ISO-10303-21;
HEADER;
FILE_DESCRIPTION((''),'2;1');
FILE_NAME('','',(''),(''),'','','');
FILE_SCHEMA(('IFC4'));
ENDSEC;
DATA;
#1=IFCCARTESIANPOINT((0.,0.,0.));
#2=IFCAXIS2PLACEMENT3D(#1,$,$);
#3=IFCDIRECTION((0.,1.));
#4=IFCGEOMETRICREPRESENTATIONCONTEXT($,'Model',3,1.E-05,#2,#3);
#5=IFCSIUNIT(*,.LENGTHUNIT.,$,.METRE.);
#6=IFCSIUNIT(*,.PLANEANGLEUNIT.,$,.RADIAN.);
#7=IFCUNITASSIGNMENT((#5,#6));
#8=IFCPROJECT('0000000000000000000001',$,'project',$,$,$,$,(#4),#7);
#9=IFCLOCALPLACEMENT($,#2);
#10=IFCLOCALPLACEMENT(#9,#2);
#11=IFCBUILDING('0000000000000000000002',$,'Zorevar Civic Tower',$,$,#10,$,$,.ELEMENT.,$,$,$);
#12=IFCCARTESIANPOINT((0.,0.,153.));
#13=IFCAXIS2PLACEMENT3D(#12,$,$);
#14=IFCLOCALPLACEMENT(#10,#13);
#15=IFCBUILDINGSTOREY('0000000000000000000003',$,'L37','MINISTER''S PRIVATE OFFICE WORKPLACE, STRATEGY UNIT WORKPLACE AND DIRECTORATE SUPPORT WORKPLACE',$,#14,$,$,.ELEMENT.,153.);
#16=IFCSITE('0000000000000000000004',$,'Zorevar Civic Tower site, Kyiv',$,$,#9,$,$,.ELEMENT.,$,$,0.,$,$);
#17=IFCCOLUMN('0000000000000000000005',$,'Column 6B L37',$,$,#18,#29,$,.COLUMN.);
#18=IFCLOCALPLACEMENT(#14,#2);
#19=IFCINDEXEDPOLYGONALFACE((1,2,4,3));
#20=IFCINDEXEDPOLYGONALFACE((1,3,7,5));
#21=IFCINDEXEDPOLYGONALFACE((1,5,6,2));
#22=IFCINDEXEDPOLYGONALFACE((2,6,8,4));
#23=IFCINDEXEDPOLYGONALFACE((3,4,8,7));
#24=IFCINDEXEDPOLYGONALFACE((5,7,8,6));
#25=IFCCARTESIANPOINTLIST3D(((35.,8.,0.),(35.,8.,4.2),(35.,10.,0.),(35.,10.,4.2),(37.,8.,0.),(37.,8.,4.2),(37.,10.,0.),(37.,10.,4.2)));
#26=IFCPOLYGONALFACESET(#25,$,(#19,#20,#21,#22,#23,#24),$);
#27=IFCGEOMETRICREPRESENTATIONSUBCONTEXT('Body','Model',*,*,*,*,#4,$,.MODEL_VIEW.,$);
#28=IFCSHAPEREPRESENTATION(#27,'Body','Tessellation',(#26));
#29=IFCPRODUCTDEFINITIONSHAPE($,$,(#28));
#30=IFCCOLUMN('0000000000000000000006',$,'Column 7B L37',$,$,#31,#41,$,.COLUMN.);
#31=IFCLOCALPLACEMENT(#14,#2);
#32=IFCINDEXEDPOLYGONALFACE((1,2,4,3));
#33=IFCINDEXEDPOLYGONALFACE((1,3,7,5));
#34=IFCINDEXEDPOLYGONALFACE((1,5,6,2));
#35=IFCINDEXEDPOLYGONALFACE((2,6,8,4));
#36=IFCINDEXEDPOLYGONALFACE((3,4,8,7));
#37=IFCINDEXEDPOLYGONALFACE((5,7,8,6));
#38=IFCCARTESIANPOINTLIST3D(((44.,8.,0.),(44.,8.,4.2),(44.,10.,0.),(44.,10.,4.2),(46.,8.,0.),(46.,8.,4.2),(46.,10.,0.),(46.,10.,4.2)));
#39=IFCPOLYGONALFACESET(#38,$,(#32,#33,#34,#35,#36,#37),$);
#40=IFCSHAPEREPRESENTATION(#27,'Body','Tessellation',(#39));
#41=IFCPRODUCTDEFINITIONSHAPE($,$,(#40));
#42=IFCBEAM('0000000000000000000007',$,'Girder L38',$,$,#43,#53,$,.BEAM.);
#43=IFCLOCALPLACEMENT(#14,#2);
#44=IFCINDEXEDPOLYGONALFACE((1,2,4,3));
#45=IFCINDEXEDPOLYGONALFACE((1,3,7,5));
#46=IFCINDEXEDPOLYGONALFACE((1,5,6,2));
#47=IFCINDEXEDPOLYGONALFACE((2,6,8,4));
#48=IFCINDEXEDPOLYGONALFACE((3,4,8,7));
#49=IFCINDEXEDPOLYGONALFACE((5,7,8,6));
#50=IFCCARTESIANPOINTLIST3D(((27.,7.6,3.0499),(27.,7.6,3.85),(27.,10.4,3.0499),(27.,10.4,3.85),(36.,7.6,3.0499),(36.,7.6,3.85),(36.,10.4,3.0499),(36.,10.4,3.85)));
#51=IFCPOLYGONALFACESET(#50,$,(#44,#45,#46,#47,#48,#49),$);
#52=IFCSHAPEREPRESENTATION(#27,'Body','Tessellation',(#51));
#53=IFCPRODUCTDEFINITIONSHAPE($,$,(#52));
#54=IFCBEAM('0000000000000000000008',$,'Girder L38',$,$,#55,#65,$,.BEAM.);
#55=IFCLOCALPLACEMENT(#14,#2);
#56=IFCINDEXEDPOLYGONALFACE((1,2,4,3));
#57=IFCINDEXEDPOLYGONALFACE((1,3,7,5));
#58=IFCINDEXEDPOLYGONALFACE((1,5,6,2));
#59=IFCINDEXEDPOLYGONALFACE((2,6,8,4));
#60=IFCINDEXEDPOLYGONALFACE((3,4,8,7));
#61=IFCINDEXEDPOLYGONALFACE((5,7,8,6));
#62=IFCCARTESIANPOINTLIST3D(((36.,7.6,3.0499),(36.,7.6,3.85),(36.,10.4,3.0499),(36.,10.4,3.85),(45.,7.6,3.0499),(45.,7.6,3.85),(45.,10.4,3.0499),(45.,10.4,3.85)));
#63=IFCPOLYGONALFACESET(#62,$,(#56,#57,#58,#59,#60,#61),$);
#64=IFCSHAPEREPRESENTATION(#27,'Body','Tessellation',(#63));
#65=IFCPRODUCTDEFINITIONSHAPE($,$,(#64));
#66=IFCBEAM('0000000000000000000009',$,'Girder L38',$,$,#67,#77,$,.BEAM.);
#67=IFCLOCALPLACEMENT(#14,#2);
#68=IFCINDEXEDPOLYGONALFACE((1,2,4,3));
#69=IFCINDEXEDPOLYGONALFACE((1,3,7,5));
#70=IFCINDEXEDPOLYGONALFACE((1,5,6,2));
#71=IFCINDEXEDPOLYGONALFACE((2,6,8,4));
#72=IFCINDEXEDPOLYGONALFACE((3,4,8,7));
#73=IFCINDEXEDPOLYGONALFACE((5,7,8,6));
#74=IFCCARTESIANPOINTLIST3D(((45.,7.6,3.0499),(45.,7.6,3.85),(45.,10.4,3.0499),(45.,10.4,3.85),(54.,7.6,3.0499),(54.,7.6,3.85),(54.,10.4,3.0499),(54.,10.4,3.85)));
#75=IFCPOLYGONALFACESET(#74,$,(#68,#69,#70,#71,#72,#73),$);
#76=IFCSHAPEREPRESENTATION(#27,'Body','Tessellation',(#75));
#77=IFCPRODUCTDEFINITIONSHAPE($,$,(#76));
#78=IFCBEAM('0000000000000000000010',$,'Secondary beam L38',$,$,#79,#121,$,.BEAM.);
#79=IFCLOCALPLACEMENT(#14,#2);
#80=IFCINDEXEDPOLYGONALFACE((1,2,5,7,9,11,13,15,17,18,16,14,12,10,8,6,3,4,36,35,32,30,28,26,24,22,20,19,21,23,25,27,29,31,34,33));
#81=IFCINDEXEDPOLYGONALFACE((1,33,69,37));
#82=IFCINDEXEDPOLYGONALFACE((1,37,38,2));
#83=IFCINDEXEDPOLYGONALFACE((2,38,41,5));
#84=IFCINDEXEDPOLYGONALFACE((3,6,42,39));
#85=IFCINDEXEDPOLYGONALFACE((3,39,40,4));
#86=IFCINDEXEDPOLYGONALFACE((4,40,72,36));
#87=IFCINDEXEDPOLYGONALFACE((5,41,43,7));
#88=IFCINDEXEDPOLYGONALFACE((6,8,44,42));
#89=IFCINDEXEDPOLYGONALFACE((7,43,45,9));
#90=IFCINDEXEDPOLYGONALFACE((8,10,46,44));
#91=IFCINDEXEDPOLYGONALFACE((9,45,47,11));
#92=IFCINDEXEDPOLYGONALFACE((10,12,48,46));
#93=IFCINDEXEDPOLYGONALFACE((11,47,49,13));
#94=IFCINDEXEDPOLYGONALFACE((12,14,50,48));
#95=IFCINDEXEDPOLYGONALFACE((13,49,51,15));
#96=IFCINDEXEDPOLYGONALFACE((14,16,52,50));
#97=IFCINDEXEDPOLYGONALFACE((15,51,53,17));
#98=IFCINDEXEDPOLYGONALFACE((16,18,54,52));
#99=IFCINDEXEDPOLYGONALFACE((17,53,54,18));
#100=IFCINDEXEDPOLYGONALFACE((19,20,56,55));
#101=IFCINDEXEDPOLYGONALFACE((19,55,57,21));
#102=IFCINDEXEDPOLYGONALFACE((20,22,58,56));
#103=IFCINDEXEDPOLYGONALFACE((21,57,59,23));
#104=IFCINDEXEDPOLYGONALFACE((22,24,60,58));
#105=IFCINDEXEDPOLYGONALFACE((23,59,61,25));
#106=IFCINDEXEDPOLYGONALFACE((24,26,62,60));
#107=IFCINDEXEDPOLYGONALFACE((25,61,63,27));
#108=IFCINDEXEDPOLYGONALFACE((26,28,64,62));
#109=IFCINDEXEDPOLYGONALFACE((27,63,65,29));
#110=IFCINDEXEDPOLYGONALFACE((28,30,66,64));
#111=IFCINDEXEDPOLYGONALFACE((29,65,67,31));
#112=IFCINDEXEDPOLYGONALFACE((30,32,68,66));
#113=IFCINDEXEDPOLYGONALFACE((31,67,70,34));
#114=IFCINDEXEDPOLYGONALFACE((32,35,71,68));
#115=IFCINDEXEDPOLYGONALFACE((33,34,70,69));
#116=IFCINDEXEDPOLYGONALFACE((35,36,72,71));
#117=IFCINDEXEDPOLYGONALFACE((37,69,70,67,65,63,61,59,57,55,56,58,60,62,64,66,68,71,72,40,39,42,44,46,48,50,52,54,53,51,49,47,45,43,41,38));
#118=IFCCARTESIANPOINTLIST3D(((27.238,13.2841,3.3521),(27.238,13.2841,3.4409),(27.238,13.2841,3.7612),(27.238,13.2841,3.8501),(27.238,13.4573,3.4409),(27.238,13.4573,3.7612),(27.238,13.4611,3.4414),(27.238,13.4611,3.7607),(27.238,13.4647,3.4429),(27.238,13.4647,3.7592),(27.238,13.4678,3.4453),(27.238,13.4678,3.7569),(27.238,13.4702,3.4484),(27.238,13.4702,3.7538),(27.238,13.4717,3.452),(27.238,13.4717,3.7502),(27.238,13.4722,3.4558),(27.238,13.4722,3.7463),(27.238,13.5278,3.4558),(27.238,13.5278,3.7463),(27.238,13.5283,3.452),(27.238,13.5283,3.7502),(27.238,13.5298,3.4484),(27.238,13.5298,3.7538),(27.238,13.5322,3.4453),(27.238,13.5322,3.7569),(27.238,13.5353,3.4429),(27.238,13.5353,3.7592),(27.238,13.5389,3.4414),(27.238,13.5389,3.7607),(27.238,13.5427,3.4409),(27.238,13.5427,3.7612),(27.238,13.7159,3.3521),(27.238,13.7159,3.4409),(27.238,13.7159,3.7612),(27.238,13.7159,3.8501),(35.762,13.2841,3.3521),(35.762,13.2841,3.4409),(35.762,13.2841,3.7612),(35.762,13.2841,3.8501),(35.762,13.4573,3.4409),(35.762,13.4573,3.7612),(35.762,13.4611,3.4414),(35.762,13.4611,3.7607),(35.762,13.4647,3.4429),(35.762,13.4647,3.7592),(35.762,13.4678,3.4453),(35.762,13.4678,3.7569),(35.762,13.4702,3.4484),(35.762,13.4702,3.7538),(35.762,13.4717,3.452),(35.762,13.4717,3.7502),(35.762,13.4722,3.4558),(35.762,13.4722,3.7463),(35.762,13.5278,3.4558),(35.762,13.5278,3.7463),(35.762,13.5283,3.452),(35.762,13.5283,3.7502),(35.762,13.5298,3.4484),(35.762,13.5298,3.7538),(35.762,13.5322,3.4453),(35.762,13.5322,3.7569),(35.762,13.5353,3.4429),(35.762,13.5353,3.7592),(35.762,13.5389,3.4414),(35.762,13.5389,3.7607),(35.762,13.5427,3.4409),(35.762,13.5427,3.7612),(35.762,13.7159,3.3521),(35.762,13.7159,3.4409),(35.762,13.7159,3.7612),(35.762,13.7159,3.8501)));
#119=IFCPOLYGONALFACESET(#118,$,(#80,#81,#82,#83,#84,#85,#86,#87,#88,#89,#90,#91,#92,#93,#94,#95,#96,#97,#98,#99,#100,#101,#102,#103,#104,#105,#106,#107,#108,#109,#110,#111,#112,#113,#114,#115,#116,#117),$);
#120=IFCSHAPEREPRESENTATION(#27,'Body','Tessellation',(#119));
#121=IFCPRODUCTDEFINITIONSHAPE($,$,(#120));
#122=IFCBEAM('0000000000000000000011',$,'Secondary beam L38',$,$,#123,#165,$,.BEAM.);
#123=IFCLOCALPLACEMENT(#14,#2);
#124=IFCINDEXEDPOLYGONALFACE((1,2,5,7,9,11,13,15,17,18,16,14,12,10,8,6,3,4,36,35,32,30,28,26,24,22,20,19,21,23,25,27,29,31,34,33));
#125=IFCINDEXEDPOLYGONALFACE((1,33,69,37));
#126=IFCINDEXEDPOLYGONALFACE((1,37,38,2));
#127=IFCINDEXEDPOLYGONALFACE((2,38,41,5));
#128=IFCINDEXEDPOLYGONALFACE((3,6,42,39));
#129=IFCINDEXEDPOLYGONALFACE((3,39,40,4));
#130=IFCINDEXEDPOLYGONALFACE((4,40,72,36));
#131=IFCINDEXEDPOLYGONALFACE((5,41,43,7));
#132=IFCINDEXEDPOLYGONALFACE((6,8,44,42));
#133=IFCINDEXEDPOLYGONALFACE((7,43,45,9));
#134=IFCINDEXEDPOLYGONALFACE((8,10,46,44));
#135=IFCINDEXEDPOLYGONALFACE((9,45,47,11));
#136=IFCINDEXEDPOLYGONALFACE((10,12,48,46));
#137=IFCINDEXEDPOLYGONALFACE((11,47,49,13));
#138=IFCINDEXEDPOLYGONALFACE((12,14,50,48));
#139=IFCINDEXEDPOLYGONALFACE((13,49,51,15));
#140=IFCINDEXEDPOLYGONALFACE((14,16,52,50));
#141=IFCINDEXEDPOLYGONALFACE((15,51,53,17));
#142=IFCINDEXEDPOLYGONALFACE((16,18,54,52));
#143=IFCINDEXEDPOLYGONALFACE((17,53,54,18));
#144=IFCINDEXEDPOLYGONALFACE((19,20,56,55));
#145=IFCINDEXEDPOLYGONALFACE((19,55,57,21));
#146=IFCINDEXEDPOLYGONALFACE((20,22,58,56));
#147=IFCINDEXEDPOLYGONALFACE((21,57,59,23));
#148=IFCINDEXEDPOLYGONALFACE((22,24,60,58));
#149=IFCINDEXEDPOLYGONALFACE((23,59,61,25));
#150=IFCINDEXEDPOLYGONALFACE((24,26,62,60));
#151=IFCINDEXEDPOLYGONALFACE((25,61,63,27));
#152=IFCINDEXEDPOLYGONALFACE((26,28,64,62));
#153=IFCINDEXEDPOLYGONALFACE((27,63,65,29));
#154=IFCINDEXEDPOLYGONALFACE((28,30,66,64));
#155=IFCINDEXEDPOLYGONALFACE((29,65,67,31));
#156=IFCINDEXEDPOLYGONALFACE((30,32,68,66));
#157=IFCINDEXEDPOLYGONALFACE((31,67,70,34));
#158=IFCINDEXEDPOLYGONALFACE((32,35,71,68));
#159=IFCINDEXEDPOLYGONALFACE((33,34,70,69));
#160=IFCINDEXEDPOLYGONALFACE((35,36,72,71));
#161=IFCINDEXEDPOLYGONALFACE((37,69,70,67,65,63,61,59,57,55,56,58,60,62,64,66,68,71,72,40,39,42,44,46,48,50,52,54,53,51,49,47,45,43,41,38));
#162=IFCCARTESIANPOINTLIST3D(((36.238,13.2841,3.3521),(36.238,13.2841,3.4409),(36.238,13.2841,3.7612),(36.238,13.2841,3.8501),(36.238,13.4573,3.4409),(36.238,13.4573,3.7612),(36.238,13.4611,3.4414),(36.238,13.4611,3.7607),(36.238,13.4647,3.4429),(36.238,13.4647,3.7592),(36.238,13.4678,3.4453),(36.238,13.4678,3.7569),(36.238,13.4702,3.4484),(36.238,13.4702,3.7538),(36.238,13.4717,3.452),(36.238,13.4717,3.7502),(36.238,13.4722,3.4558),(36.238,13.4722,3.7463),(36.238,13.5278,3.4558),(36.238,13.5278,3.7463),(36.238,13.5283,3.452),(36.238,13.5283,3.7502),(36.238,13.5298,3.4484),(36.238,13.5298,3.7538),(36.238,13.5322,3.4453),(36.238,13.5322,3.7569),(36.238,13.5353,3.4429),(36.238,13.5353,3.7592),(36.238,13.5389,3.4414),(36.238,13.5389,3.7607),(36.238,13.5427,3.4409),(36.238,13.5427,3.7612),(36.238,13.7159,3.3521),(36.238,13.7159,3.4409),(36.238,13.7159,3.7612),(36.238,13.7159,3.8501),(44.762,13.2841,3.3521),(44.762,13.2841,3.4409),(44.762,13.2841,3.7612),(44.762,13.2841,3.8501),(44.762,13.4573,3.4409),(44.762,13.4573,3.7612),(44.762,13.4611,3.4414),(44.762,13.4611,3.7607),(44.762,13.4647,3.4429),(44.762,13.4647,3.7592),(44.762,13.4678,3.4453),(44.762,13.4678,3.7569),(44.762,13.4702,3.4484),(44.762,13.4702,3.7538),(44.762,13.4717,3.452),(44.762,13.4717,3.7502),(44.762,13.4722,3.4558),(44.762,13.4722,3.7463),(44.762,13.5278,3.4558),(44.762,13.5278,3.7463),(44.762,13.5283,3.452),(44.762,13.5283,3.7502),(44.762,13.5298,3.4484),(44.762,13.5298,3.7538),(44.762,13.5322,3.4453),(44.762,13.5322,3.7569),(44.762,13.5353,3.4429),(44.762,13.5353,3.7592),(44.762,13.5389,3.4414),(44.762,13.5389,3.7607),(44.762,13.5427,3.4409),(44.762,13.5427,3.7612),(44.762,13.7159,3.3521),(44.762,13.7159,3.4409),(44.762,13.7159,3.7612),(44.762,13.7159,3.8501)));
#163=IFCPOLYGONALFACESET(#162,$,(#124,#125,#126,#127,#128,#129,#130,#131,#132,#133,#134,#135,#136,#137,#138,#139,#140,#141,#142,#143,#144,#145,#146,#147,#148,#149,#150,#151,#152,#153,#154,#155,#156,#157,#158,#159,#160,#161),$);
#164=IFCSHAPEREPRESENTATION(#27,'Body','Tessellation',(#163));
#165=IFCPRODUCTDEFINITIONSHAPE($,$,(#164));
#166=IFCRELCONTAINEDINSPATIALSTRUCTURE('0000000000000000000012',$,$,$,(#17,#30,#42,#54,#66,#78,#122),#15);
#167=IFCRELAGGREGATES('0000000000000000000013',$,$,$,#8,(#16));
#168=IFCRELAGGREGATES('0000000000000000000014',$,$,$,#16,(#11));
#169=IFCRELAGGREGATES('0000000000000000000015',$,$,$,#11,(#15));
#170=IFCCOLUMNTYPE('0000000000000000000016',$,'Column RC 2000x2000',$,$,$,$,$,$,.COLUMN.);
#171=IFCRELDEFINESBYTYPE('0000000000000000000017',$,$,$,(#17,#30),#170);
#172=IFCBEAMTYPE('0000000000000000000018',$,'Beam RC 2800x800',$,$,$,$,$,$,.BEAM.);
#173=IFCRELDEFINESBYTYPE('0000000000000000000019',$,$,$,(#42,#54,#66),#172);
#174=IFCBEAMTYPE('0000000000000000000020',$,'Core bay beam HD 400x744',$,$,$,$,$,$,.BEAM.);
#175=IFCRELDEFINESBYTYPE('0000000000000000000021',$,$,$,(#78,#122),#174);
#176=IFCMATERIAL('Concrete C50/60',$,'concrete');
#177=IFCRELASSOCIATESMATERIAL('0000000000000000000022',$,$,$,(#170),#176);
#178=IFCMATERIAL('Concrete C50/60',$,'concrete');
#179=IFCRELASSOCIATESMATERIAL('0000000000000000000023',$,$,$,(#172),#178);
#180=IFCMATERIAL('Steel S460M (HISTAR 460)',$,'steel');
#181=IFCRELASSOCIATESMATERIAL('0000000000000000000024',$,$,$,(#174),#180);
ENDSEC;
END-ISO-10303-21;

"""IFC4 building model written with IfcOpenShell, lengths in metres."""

from ifc_helpers import new_model, si_unit, direction, frame, origin, origin_2d, place, context, subcontext, project, spatial, rectangle, i_section, extrude, material, material_profile, profile_set, type_object, element, save


model = new_model("IFC4")

# Units and contexts
model_context = context("Model", 3, precision=1e-05, world=origin(), true_north=direction((0.0, 1.0)))
body_context = subcontext(model_context, "Body", "Model", "MODEL_VIEW")
ifc_project = project(units=[si_unit("LENGTHUNIT", "METRE"), si_unit("PLANEANGLEUNIT", "RADIAN")], contexts=[model_context])

# Site, building, storey
site_placement = place(None, origin())
site = spatial("IfcSite", under=ifc_project, at=site_placement, Name="Zorevar Civic Tower site, Kyiv", CompositionType="ELEMENT", RefElevation=0.0)
building_placement = place(site_placement, origin())
building = spatial("IfcBuilding", under=site, at=building_placement, Name="Zorevar Civic Tower", CompositionType="ELEMENT")
storey_placement = place(building_placement, frame((0.0, 0.0, 153.0)))
storey = spatial("IfcBuildingStorey", under=building, at=storey_placement, Name="L37", Description="MINISTER'S PRIVATE OFFICE WORKPLACE, STRATEGY UNIT WORKPLACE AND DIRECTORATE SUPPORT WORKPLACE", CompositionType="ELEMENT", Elevation=153.0)

# Columns
ifc_material_1 = material(Name="Concrete C50/60", Category="concrete")
ifc_material_profile_1 = material_profile(ifc_material_1, rectangle(XDim=2.0, YDim=2.0, at=origin_2d()), Name="RC 2000x2000")
ifc_profile_set_1 = profile_set([ifc_material_profile_1], Name="Concrete C50/60")
column_type = type_object("IfcColumnType", Name="Column RC 2000x2000", PredefinedType="COLUMN", material=ifc_profile_set_1)
for number, where, z_axis, x_axis, name in (
    (1, (36.0, 9.0, 0.0), (0.0, 0.0, 1.0), (1.0, 0.0, 0.0), "Column 6B L37"),
    (2, (45.0, 9.0, 0.0), (0.0, 0.0, 1.0), (1.0, 0.0, 0.0), "Column 7B L37"),
):
    element("IfcColumn", number, at=place(storey_placement, frame(where, z_axis=z_axis, x_axis=x_axis)), inside=storey, type_object=column_type, Name=name, PredefinedType="COLUMN", context=body_context, shape_type="SweptSolid", body=[
        extrude(rectangle(XDim=2.0, YDim=2.0, at=origin_2d()), origin(), (0.0, 0.0, 1.0), 4.2),
    ])

# Beams
ifc_material_2 = material(Name="Concrete C50/60", Category="concrete")
ifc_material_profile_2 = material_profile(ifc_material_2, rectangle(XDim=2.8, YDim=0.8, at=origin_2d()), Name="RC 2800x800")
ifc_profile_set_2 = profile_set([ifc_material_profile_2], Name="Concrete C50/60")
beam_type_1 = type_object("IfcBeamType", Name="Beam RC 2800x800", PredefinedType="BEAM", material=ifc_profile_set_2)
for number, where, z_axis, x_axis, name in (
    (3, (27.0, 9.0, 3.45), (1.0, 0.0, 0.0), (0.0, 1.0, 0.0), "Girder L38"),
    (4, (36.0, 9.0, 3.45), (1.0, 0.0, 0.0), (0.0, 1.0, 0.0), "Girder L38"),
    (5, (45.0, 9.0, 3.45), (1.0, 0.0, 0.0), (0.0, 1.0, 0.0), "Girder L38"),
):
    element("IfcBeam", number, at=place(storey_placement, frame(where, z_axis=z_axis, x_axis=x_axis)), inside=storey, type_object=beam_type_1, Name=name, PredefinedType="BEAM", context=body_context, shape_type="SweptSolid", body=[
        extrude(rectangle(XDim=2.8, YDim=0.8, at=origin_2d()), origin(), (0.0, 0.0, 1.0), 9.0),
    ])
ifc_material_3 = material(Name="Steel S460M (HISTAR 460)", Category="steel")
ifc_material_profile_3 = material_profile(ifc_material_3, i_section(OverallWidth=0.4319, OverallDepth=0.498, WebThickness=0.0557, FlangeThickness=0.0889, FilletRadius=0.0149, at=origin_2d()), Name="HD 400x744")
ifc_profile_set_3 = profile_set([ifc_material_profile_3], Name="Steel S460M (HISTAR 460)")
beam_type_2 = type_object("IfcBeamType", Name="Core bay beam HD 400x744", PredefinedType="BEAM", material=ifc_profile_set_3)
for number, where, z_axis, x_axis, name in (
    (6, (27.238, 13.5, 3.6011), (1.0, 0.0, 0.0), (0.0, 1.0, 0.0), "Secondary beam L38"),
    (7, (36.238, 13.5, 3.6011), (1.0, 0.0, 0.0), (0.0, 1.0, 0.0), "Secondary beam L38"),
):
    element("IfcBeam", number, at=place(storey_placement, frame(where, z_axis=z_axis, x_axis=x_axis)), inside=storey, type_object=beam_type_2, Name=name, PredefinedType="BEAM", context=body_context, shape_type="SweptSolid", body=[
        extrude(i_section(OverallWidth=0.4319, OverallDepth=0.498, WebThickness=0.0557, FlangeThickness=0.0889, FilletRadius=0.0149, at=origin_2d()), origin(), (0.0, 0.0, 1.0), 8.5239),
    ])

save(model, "model.ifc")
